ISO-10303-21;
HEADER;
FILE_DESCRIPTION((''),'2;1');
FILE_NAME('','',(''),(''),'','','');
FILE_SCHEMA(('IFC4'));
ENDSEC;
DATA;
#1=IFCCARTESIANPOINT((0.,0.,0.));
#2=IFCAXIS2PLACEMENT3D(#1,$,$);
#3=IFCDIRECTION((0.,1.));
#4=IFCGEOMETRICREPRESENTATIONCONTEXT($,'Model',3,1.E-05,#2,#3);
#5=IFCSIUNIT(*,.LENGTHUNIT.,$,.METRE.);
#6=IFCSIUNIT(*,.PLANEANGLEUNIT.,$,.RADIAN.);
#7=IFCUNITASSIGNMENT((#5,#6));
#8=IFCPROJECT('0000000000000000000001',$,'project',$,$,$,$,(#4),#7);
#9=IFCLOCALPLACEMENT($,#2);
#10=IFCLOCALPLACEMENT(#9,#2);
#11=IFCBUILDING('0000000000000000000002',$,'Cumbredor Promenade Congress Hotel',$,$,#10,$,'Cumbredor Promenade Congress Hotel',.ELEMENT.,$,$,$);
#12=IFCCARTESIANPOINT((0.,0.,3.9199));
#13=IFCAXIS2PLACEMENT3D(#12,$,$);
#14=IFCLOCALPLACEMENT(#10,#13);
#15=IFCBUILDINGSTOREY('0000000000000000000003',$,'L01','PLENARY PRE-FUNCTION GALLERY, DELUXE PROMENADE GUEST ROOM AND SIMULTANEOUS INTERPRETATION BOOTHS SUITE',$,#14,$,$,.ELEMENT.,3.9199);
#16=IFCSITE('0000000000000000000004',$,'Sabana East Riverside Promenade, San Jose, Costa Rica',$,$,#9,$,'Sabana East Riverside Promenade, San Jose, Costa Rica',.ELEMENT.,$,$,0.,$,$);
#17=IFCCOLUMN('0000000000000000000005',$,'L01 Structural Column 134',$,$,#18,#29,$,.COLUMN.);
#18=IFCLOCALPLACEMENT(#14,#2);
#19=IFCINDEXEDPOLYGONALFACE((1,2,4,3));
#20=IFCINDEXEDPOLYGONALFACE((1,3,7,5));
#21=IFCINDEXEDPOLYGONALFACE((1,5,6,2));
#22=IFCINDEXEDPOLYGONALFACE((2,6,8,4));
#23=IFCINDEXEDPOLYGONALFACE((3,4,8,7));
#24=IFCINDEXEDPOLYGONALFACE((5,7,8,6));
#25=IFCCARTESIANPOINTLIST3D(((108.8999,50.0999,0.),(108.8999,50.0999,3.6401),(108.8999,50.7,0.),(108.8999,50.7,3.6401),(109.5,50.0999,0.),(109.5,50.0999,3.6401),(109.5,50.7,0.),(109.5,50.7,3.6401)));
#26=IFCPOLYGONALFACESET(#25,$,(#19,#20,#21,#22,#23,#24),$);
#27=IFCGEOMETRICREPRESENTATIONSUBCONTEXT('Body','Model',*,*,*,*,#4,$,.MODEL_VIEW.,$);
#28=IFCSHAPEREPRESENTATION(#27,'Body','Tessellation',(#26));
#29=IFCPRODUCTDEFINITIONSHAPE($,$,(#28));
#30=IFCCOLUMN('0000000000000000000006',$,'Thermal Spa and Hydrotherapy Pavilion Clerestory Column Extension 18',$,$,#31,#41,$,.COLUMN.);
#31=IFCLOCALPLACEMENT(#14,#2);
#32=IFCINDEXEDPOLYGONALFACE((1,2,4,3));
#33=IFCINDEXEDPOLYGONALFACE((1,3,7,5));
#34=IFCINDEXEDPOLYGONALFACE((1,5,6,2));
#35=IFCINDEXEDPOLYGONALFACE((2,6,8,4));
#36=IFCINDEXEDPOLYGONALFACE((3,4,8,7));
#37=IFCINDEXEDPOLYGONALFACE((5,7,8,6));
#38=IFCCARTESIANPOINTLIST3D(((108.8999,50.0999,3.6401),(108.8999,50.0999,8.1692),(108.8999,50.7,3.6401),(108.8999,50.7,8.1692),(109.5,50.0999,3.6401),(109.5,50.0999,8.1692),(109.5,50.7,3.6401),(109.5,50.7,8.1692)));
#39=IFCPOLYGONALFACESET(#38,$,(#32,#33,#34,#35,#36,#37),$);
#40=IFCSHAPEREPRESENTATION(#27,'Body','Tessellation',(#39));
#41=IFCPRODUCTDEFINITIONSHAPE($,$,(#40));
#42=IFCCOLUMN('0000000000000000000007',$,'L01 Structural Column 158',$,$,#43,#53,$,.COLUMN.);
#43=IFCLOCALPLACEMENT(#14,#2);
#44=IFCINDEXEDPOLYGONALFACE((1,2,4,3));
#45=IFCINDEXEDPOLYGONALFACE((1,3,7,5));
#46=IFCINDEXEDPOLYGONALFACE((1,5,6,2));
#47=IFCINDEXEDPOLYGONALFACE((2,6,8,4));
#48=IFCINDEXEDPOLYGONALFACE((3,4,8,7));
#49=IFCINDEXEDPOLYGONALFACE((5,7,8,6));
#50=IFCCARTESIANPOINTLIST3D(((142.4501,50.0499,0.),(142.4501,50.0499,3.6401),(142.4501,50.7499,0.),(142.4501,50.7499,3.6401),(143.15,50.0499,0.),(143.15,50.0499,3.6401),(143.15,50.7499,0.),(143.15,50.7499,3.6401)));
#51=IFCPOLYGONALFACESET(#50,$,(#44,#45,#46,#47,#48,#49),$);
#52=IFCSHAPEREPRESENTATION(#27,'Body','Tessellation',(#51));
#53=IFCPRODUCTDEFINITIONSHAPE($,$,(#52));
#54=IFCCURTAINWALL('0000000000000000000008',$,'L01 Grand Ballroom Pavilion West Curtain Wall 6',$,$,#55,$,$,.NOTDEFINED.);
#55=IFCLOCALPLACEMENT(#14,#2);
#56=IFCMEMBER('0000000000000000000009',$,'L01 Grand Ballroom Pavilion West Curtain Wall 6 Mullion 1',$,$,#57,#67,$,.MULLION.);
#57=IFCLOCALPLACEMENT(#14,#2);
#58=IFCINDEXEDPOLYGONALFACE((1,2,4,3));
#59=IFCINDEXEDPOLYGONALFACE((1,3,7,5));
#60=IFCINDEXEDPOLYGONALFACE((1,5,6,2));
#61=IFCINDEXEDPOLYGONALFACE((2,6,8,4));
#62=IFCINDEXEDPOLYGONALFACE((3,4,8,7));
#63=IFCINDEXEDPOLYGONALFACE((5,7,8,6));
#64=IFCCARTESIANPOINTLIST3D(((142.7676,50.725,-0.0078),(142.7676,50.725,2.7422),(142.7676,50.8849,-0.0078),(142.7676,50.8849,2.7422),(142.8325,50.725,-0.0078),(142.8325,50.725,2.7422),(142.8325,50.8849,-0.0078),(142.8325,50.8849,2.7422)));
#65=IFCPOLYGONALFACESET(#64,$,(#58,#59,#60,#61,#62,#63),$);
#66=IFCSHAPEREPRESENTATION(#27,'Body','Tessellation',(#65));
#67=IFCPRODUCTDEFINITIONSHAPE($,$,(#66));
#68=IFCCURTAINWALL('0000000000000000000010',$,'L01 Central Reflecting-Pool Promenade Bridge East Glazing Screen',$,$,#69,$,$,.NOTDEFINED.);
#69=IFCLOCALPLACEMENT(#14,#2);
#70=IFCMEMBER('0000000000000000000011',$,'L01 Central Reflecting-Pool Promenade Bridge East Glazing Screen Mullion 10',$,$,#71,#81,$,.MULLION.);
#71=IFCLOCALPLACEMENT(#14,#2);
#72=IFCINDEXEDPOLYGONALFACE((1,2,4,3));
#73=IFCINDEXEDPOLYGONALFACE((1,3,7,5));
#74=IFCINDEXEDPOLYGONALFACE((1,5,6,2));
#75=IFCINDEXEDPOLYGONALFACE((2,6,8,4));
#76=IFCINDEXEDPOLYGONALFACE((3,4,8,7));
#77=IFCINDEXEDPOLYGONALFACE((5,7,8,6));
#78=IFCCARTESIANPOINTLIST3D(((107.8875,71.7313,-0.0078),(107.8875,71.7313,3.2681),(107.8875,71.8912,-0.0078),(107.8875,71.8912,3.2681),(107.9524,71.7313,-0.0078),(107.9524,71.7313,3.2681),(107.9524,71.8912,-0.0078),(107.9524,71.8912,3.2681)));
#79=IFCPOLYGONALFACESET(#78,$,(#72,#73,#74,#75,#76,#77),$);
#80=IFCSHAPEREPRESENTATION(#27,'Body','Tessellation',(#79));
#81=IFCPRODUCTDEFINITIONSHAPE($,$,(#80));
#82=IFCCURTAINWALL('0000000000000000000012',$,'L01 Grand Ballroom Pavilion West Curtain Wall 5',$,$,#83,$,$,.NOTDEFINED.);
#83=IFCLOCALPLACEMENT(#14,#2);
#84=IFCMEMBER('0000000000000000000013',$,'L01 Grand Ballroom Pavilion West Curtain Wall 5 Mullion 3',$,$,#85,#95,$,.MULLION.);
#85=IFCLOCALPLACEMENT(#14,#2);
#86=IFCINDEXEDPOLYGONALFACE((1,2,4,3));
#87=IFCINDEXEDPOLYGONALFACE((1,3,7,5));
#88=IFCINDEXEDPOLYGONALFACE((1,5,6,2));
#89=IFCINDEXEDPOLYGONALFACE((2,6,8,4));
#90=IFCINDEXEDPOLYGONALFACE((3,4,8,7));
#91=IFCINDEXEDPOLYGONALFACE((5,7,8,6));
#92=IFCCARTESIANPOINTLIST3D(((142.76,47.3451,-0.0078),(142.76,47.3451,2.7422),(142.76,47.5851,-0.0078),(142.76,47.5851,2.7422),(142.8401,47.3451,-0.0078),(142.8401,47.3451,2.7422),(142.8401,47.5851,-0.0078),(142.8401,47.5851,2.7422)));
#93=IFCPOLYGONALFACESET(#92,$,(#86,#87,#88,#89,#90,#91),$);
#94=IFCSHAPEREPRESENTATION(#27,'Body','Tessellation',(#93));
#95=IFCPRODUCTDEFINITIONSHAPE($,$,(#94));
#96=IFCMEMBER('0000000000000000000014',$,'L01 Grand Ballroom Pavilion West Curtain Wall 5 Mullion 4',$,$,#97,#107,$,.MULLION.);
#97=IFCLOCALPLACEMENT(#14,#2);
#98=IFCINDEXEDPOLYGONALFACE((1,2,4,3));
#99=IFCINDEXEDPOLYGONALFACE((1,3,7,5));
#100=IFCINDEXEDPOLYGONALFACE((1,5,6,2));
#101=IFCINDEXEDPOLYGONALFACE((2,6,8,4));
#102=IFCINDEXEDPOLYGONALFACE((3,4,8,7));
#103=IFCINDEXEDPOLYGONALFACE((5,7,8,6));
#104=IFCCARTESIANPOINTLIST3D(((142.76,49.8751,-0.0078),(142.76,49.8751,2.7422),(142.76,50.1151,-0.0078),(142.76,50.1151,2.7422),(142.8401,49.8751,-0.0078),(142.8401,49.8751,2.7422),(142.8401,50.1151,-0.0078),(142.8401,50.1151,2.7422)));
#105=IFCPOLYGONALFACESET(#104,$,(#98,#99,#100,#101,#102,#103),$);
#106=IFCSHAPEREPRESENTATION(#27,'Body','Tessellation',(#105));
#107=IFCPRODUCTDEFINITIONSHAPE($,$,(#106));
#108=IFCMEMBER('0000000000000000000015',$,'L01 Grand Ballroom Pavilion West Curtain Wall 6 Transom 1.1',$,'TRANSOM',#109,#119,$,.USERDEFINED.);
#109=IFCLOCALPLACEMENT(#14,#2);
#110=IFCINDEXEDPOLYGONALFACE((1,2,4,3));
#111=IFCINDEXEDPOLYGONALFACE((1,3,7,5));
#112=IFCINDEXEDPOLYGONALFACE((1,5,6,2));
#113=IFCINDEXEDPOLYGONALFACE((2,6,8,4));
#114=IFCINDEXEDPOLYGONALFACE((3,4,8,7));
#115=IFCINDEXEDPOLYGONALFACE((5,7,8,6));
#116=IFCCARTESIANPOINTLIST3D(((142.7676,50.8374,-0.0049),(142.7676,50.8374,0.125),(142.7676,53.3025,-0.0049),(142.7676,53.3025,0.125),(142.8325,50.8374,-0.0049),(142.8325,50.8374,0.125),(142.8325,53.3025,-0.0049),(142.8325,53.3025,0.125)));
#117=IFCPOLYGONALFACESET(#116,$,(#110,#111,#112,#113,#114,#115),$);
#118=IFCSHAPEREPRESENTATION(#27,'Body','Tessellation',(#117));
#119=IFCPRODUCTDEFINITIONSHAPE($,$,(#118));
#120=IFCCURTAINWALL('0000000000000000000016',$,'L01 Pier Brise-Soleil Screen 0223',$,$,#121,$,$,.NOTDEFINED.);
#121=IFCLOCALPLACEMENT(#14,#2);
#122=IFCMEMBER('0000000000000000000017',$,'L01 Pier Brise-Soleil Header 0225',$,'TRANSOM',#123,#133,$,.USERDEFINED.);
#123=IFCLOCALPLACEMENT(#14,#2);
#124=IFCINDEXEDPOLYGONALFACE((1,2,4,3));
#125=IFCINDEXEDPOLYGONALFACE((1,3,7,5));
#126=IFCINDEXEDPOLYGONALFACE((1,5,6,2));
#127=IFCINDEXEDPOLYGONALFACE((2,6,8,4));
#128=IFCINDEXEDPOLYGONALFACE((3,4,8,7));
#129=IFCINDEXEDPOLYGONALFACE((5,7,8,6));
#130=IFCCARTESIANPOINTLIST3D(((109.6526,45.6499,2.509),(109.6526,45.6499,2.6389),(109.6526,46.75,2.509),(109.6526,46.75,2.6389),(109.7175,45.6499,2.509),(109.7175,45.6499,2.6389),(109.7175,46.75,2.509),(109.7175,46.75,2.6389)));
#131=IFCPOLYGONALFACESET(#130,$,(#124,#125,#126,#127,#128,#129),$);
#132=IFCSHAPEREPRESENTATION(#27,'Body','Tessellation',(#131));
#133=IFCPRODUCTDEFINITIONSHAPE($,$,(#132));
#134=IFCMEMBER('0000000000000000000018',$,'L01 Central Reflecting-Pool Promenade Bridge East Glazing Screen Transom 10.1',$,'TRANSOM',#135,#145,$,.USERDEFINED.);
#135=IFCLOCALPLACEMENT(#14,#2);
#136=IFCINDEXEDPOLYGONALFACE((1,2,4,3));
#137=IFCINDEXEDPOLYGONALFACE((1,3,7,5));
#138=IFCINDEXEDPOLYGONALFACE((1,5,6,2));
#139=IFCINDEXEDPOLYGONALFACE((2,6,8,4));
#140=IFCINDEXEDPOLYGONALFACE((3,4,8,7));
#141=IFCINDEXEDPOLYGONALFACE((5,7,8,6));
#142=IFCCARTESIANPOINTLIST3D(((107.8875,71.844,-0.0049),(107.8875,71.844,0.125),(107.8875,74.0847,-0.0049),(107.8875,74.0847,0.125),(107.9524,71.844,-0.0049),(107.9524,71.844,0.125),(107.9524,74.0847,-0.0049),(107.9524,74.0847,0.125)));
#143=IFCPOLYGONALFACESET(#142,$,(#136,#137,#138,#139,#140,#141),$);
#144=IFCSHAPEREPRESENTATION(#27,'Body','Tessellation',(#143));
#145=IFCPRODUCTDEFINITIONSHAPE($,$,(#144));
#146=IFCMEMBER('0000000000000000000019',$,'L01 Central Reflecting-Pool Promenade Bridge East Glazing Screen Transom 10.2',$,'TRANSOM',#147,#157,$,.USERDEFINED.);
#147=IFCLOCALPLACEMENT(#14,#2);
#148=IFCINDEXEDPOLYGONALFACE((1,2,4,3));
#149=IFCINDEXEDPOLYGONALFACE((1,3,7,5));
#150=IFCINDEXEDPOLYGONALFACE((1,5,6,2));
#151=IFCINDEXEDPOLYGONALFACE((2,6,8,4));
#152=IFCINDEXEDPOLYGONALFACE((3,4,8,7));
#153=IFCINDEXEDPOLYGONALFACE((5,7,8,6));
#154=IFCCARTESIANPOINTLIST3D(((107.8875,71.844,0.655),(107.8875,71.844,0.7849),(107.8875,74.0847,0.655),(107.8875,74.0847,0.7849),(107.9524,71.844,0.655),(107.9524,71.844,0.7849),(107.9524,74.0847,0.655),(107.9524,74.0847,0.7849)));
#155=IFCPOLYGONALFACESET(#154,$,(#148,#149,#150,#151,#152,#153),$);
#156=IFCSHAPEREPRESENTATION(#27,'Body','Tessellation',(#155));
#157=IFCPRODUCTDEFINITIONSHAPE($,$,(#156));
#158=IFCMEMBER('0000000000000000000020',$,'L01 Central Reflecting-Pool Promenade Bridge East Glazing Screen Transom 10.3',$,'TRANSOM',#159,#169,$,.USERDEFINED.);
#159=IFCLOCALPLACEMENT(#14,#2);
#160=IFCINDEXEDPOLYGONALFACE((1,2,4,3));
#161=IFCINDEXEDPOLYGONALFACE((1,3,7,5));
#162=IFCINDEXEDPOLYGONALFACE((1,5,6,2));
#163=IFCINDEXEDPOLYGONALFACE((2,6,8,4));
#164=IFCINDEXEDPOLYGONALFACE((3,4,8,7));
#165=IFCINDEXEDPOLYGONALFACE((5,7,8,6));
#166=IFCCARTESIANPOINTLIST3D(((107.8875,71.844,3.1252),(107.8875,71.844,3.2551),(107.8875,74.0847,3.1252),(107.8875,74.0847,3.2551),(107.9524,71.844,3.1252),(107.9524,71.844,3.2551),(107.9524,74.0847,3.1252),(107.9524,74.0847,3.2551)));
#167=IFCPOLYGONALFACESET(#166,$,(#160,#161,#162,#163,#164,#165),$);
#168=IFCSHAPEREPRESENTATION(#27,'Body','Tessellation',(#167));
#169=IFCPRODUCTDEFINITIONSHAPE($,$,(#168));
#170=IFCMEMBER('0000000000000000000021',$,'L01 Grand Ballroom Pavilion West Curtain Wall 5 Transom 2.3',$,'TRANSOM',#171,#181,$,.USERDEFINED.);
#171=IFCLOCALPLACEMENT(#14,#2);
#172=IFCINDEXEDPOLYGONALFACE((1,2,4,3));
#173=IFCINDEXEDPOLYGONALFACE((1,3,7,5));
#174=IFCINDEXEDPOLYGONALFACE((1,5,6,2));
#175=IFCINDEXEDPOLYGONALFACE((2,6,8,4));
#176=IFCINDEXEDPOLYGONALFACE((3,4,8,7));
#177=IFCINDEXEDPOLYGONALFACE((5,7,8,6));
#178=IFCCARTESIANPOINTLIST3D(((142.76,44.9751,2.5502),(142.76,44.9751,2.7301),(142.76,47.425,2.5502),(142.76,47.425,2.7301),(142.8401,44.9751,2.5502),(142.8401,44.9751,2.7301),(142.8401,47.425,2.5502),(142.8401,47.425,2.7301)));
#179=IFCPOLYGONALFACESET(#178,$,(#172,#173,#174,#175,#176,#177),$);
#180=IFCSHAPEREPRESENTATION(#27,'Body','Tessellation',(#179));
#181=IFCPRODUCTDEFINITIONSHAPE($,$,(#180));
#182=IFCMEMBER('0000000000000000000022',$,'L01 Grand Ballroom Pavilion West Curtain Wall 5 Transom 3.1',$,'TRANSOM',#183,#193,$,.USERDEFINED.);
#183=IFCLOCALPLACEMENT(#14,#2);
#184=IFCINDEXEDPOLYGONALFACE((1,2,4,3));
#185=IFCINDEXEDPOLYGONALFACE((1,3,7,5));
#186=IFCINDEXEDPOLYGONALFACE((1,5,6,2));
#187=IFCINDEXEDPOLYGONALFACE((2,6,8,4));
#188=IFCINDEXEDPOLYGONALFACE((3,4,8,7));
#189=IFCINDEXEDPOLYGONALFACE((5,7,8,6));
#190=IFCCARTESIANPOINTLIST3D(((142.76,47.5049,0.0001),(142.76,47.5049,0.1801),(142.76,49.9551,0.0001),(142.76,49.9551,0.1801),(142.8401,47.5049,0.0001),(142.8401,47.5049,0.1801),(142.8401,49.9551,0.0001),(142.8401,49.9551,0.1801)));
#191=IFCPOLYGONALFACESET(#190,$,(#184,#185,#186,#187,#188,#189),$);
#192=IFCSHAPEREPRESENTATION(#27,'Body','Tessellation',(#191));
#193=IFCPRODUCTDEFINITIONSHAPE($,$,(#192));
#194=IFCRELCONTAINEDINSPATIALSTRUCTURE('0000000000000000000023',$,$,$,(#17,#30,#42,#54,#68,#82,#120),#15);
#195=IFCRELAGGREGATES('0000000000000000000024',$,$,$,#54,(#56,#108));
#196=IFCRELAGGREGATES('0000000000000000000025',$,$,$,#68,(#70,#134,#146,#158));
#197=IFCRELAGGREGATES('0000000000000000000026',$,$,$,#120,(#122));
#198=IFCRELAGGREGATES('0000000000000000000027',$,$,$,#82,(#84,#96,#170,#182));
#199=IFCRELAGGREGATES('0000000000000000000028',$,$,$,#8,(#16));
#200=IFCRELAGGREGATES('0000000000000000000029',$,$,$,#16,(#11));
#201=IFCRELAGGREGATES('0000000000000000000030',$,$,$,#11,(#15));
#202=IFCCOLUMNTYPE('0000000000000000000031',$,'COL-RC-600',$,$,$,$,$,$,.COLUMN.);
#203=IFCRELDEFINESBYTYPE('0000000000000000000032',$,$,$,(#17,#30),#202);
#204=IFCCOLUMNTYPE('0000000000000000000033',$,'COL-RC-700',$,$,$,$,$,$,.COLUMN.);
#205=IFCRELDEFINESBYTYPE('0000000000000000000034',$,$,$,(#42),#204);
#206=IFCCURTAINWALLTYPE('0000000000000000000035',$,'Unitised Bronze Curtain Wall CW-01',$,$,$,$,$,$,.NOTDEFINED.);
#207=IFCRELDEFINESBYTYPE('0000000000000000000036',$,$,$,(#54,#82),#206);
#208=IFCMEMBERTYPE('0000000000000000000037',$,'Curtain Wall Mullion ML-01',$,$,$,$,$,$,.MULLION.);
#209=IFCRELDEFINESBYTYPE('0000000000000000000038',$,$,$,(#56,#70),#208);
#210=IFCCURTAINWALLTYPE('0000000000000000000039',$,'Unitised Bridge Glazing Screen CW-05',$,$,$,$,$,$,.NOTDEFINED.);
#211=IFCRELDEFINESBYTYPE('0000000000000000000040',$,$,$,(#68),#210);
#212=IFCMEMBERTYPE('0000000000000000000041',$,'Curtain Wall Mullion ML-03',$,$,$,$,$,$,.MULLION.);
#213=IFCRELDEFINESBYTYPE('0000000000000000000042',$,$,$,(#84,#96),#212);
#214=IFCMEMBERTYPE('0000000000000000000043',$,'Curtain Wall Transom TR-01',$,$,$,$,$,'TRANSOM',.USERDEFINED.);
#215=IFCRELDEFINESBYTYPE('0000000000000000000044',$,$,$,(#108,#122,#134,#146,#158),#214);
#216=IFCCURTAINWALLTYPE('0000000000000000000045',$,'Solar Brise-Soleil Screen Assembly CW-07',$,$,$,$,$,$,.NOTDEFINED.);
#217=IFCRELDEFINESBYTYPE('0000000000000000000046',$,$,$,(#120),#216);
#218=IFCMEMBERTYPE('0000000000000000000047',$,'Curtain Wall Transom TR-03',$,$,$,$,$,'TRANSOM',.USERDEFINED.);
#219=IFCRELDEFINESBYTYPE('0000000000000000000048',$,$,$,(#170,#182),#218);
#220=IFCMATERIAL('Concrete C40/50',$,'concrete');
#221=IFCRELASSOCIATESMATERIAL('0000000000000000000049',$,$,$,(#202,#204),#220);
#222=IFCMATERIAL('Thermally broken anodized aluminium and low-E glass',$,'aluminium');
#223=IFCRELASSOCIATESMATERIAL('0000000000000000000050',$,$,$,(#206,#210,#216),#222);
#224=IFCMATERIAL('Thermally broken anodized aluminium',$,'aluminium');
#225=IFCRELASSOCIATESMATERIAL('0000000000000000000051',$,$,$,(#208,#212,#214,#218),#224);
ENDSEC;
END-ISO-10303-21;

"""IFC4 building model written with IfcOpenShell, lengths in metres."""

from ifc_helpers import new_model, si_unit, direction, frame, origin, origin_2d, place, context, subcontext, project, spatial, rectangle, extrude, material, material_profile, profile_set, type_object, element, aggregate, save


model = new_model("IFC4")

# Units and contexts
model_context = context("Model", 3, precision=1e-05, world=origin(), true_north=direction((0.0, 1.0)))
body_context = subcontext(model_context, "Body", "Model", "MODEL_VIEW")
ifc_project = project(units=[si_unit("LENGTHUNIT", "METRE"), si_unit("PLANEANGLEUNIT", "RADIAN")], contexts=[model_context])

# Site, building, storey
site_placement = place(None, origin())
site = spatial("IfcSite", under=ifc_project, at=site_placement, Name="Sabana East Riverside Promenade, San Jose, Costa Rica", LongName="Sabana East Riverside Promenade, San Jose, Costa Rica", CompositionType="ELEMENT", RefElevation=0.0)
building_placement = place(site_placement, origin())
building = spatial("IfcBuilding", under=site, at=building_placement, Name="Cumbredor Promenade Congress Hotel", LongName="Cumbredor Promenade Congress Hotel", CompositionType="ELEMENT")
storey_placement = place(building_placement, frame((0.0, 0.0, 3.9199)))
storey = spatial("IfcBuildingStorey", under=building, at=storey_placement, Name="L01", Description="PLENARY PRE-FUNCTION GALLERY, DELUXE PROMENADE GUEST ROOM AND SIMULTANEOUS INTERPRETATION BOOTHS SUITE", CompositionType="ELEMENT", Elevation=3.9199)

# Columns
ifc_material_1 = material(Name="Concrete C40/50", Category="concrete")
ifc_material_profile_1 = material_profile(ifc_material_1, rectangle(XDim=0.6001, YDim=0.6001, at=origin_2d()), Name="RC 600x600")
ifc_profile_set_1 = profile_set([ifc_material_profile_1], Name="Concrete C40/50")
column_type_1 = type_object("IfcColumnType", Name="COL-RC-600", PredefinedType="COLUMN", material=ifc_profile_set_1)
column_1_placement = place(storey_placement, frame((109.2, 50.3999, 0.0), z_axis=(0.0, 0.0, 1.0), x_axis=(1.0, 0.0, 0.0)))
element("IfcColumn", 1, at=column_1_placement, inside=storey, type_object=column_type_1, Name="L01 Structural Column 134", PredefinedType="COLUMN", context=body_context, shape_type="SweptSolid", body=[
    extrude(rectangle(XDim=0.6001, YDim=0.6001, at=origin_2d()), origin(), (0.0, 0.0, 1.0), 3.6401),
])
column_2_placement = place(storey_placement, frame((109.2, 50.3999, 3.6401), z_axis=(0.0, 0.0, 1.0), x_axis=(1.0, 0.0, 0.0)))
element("IfcColumn", 2, at=column_2_placement, inside=storey, type_object=column_type_1, Name="Thermal Spa and Hydrotherapy Pavilion Clerestory Column Extension 18", PredefinedType="COLUMN", context=body_context, shape_type="SweptSolid", body=[
    extrude(rectangle(XDim=0.6001, YDim=0.6001, at=origin_2d()), origin(), (0.0, 0.0, 1.0), 4.5291),
])
ifc_material_profile_2 = material_profile(ifc_material_1, rectangle(XDim=0.7, YDim=0.7, at=origin_2d()), Name="RC 700x700")
ifc_profile_set_2 = profile_set([ifc_material_profile_2], Name="Concrete C40/50")
column_type_2 = type_object("IfcColumnType", Name="COL-RC-700", PredefinedType="COLUMN", material=ifc_profile_set_2)
column_3_placement = place(storey_placement, frame((142.8, 50.3999, 0.0), z_axis=(0.0, 0.0, 1.0), x_axis=(1.0, 0.0, 0.0)))
element("IfcColumn", 3, at=column_3_placement, inside=storey, type_object=column_type_2, Name="L01 Structural Column 158", PredefinedType="COLUMN", context=body_context, shape_type="SweptSolid", body=[
    extrude(rectangle(XDim=0.7, YDim=0.7, at=origin_2d()), origin(), (0.0, 0.0, 1.0), 3.6401),
])

# Curtain walls, members
ifc_material_2 = material(Name="Thermally broken anodized aluminium and low-E glass", Category="aluminium")
curtain_wall_type_1 = type_object("IfcCurtainWallType", Name="Unitised Bronze Curtain Wall CW-01", PredefinedType="NOTDEFINED", material=ifc_material_2)
curtain_wall_1_placement = place(storey_placement, origin())
curtain_wall_1 = element("IfcCurtainWall", 4, at=curtain_wall_1_placement, inside=storey, type_object=curtain_wall_type_1, Name="L01 Grand Ballroom Pavilion West Curtain Wall 6", PredefinedType="NOTDEFINED")
ifc_material_3 = material(Name="Thermally broken anodized aluminium", Category="aluminium")
ifc_material_profile_3 = material_profile(ifc_material_3, rectangle(XDim=0.0649, YDim=0.1599, at=origin_2d()), Name="ALU MULLION 65x160")
ifc_profile_set_3 = profile_set([ifc_material_profile_3], Name="Thermally broken anodized aluminium")
member_type_1 = type_object("IfcMemberType", Name="Curtain Wall Mullion ML-01", PredefinedType="MULLION", material=ifc_profile_set_3)
member_1_placement = place(storey_placement, frame((142.8, 50.8049, -0.0078), z_axis=(0.0, 0.0, 1.0), x_axis=(1.0, 0.0, 0.0)))
member_1 = element("IfcMember", 5, at=member_1_placement, type_object=member_type_1, Name="L01 Grand Ballroom Pavilion West Curtain Wall 6 Mullion 1", PredefinedType="MULLION", context=body_context, shape_type="SweptSolid", body=[
    extrude(rectangle(XDim=0.0649, YDim=0.1599, at=origin_2d()), origin(), (0.0, 0.0, 1.0), 2.75),
])
curtain_wall_type_2 = type_object("IfcCurtainWallType", Name="Unitised Bridge Glazing Screen CW-05", PredefinedType="NOTDEFINED", material=ifc_material_2)
curtain_wall_2_placement = place(storey_placement, origin())
curtain_wall_2 = element("IfcCurtainWall", 6, at=curtain_wall_2_placement, inside=storey, type_object=curtain_wall_type_2, Name="L01 Central Reflecting-Pool Promenade Bridge East Glazing Screen", PredefinedType="NOTDEFINED")
member_2_placement = place(storey_placement, frame((107.9199, 71.8113, -0.0078), z_axis=(0.0, 0.0, 1.0), x_axis=(1.0, 0.0, 0.0)))
member_2 = element("IfcMember", 7, at=member_2_placement, type_object=member_type_1, Name="L01 Central Reflecting-Pool Promenade Bridge East Glazing Screen Mullion 10", PredefinedType="MULLION", context=body_context, shape_type="SweptSolid", body=[
    extrude(rectangle(XDim=0.0649, YDim=0.1599, at=origin_2d()), origin(), (0.0, 0.0, 1.0), 3.2759),
])

# Curtain wall, members
curtain_wall_3_placement = place(storey_placement, origin())
curtain_wall_3 = element("IfcCurtainWall", 8, at=curtain_wall_3_placement, inside=storey, type_object=curtain_wall_type_1, Name="L01 Grand Ballroom Pavilion West Curtain Wall 5", PredefinedType="NOTDEFINED")
ifc_material_profile_4 = material_profile(ifc_material_3, rectangle(XDim=0.0801, YDim=0.24, at=origin_2d()), Name="ALU MULLION 80x240")
ifc_profile_set_4 = profile_set([ifc_material_profile_4], Name="Thermally broken anodized aluminium")
member_type_2 = type_object("IfcMemberType", Name="Curtain Wall Mullion ML-03", PredefinedType="MULLION", material=ifc_profile_set_4)
member_3_placement = place(storey_placement, frame((142.8, 47.4651, -0.0078), z_axis=(0.0, 0.0, 1.0), x_axis=(1.0, 0.0, 0.0)))
member_3 = element("IfcMember", 9, at=member_3_placement, type_object=member_type_2, Name="L01 Grand Ballroom Pavilion West Curtain Wall 5 Mullion 3", PredefinedType="MULLION", context=body_context, shape_type="SweptSolid", body=[
    extrude(rectangle(XDim=0.0801, YDim=0.24, at=origin_2d()), origin(), (0.0, 0.0, 1.0), 2.75),
])
member_4_placement = place(storey_placement, frame((142.8, 49.9951, -0.0078), z_axis=(0.0, 0.0, 1.0), x_axis=(1.0, 0.0, 0.0)))
member_4 = element("IfcMember", 10, at=member_4_placement, type_object=member_type_2, Name="L01 Grand Ballroom Pavilion West Curtain Wall 5 Mullion 4", PredefinedType="MULLION", context=body_context, shape_type="SweptSolid", body=[
    extrude(rectangle(XDim=0.0801, YDim=0.24, at=origin_2d()), origin(), (0.0, 0.0, 1.0), 2.75),
])

# Member
ifc_material_profile_5 = material_profile(ifc_material_3, rectangle(XDim=0.0649, YDim=0.1299, at=origin_2d()), Name="ALU TRANSOM 65x130")
ifc_profile_set_5 = profile_set([ifc_material_profile_5], Name="Thermally broken anodized aluminium")
member_type_3 = type_object("IfcMemberType", Name="Curtain Wall Transom TR-01", ElementType="TRANSOM", PredefinedType="USERDEFINED", material=ifc_profile_set_5)
member_5_placement = place(storey_placement, frame((142.8, 50.8374, 0.0601), z_axis=(0.0, 1.0, 0.0), x_axis=(-1.0, 0.0, 0.0)))
member_5 = element("IfcMember", 11, at=member_5_placement, type_object=member_type_3, Name="L01 Grand Ballroom Pavilion West Curtain Wall 6 Transom 1.1", ObjectType="TRANSOM", PredefinedType="USERDEFINED", context=body_context, shape_type="SweptSolid", body=[
    extrude(rectangle(XDim=0.0649, YDim=0.1299, at=origin_2d()), origin(), (0.0, 0.0, 1.0), 2.4651),
])
aggregate(curtain_wall_1, [member_1, member_5])

# Curtain wall, member
curtain_wall_type_3 = type_object("IfcCurtainWallType", Name="Solar Brise-Soleil Screen Assembly CW-07", PredefinedType="NOTDEFINED", material=ifc_material_2)
curtain_wall_4_placement = place(storey_placement, origin())
curtain_wall_4 = element("IfcCurtainWall", 12, at=curtain_wall_4_placement, inside=storey, type_object=curtain_wall_type_3, Name="L01 Pier Brise-Soleil Screen 0223", PredefinedType="NOTDEFINED")
member_6_placement = place(storey_placement, frame((109.6851, 45.6499, 2.574), z_axis=(0.0, 1.0, 0.0), x_axis=(-1.0, 0.0, 0.0)))
member_6 = element("IfcMember", 13, at=member_6_placement, type_object=member_type_3, Name="L01 Pier Brise-Soleil Header 0225", ObjectType="TRANSOM", PredefinedType="USERDEFINED", context=body_context, shape_type="SweptSolid", body=[
    extrude(rectangle(XDim=0.0649, YDim=0.1299, at=origin_2d()), origin(), (0.0, 0.0, 1.0), 1.1001),
])

# Members
member_7_placement = place(storey_placement, frame((107.9199, 71.844, 0.0601), z_axis=(0.0, 1.0, 0.0), x_axis=(-1.0, 0.0, 0.0)))
member_7 = element("IfcMember", 14, at=member_7_placement, type_object=member_type_3, Name="L01 Central Reflecting-Pool Promenade Bridge East Glazing Screen Transom 10.1", ObjectType="TRANSOM", PredefinedType="USERDEFINED", context=body_context, shape_type="SweptSolid", body=[
    extrude(rectangle(XDim=0.0649, YDim=0.1299, at=origin_2d()), origin(), (0.0, 0.0, 1.0), 2.2407),
])
member_8_placement = place(storey_placement, frame((107.9199, 71.844, 0.72), z_axis=(0.0, 1.0, 0.0), x_axis=(-1.0, 0.0, 0.0)))
member_8 = element("IfcMember", 15, at=member_8_placement, type_object=member_type_3, Name="L01 Central Reflecting-Pool Promenade Bridge East Glazing Screen Transom 10.2", ObjectType="TRANSOM", PredefinedType="USERDEFINED", context=body_context, shape_type="SweptSolid", body=[
    extrude(rectangle(XDim=0.0649, YDim=0.1299, at=origin_2d()), origin(), (0.0, 0.0, 1.0), 2.2407),
])
member_9_placement = place(storey_placement, frame((107.9199, 71.844, 3.1902), z_axis=(0.0, 1.0, 0.0), x_axis=(-1.0, 0.0, 0.0)))
member_9 = element("IfcMember", 16, at=member_9_placement, type_object=member_type_3, Name="L01 Central Reflecting-Pool Promenade Bridge East Glazing Screen Transom 10.3", ObjectType="TRANSOM", PredefinedType="USERDEFINED", context=body_context, shape_type="SweptSolid", body=[
    extrude(rectangle(XDim=0.0649, YDim=0.1299, at=origin_2d()), origin(), (0.0, 0.0, 1.0), 2.2407),
])
aggregate(curtain_wall_2, [member_2, member_7, member_8, member_9])
ifc_material_profile_6 = material_profile(ifc_material_3, rectangle(XDim=0.0801, YDim=0.1799, at=origin_2d()), Name="ALU TRANSOM 80x180")
ifc_profile_set_6 = profile_set([ifc_material_profile_6], Name="Thermally broken anodized aluminium")
member_type_4 = type_object("IfcMemberType", Name="Curtain Wall Transom TR-03", ElementType="TRANSOM", PredefinedType="USERDEFINED", material=ifc_profile_set_6)
member_10_placement = place(storey_placement, frame((142.8, 44.9751, 2.6401), z_axis=(0.0, 1.0, 0.0), x_axis=(-1.0, 0.0, 0.0)))
member_10 = element("IfcMember", 17, at=member_10_placement, type_object=member_type_4, Name="L01 Grand Ballroom Pavilion West Curtain Wall 5 Transom 2.3", ObjectType="TRANSOM", PredefinedType="USERDEFINED", context=body_context, shape_type="SweptSolid", body=[
    extrude(rectangle(XDim=0.0801, YDim=0.1799, at=origin_2d()), origin(), (0.0, 0.0, 1.0), 2.45),
])
member_11_placement = place(storey_placement, frame((142.8, 47.5049, 0.0901), z_axis=(0.0, 1.0, 0.0), x_axis=(-1.0, 0.0, 0.0)))
member_11 = element("IfcMember", 18, at=member_11_placement, type_object=member_type_4, Name="L01 Grand Ballroom Pavilion West Curtain Wall 5 Transom 3.1", ObjectType="TRANSOM", PredefinedType="USERDEFINED", context=body_context, shape_type="SweptSolid", body=[
    extrude(rectangle(XDim=0.0801, YDim=0.1799, at=origin_2d()), origin(), (0.0, 0.0, 1.0), 2.4502),
])

aggregate(curtain_wall_4, [member_6])

aggregate(curtain_wall_3, [member_3, member_4, member_10, member_11])

save(model, "model.ifc")
